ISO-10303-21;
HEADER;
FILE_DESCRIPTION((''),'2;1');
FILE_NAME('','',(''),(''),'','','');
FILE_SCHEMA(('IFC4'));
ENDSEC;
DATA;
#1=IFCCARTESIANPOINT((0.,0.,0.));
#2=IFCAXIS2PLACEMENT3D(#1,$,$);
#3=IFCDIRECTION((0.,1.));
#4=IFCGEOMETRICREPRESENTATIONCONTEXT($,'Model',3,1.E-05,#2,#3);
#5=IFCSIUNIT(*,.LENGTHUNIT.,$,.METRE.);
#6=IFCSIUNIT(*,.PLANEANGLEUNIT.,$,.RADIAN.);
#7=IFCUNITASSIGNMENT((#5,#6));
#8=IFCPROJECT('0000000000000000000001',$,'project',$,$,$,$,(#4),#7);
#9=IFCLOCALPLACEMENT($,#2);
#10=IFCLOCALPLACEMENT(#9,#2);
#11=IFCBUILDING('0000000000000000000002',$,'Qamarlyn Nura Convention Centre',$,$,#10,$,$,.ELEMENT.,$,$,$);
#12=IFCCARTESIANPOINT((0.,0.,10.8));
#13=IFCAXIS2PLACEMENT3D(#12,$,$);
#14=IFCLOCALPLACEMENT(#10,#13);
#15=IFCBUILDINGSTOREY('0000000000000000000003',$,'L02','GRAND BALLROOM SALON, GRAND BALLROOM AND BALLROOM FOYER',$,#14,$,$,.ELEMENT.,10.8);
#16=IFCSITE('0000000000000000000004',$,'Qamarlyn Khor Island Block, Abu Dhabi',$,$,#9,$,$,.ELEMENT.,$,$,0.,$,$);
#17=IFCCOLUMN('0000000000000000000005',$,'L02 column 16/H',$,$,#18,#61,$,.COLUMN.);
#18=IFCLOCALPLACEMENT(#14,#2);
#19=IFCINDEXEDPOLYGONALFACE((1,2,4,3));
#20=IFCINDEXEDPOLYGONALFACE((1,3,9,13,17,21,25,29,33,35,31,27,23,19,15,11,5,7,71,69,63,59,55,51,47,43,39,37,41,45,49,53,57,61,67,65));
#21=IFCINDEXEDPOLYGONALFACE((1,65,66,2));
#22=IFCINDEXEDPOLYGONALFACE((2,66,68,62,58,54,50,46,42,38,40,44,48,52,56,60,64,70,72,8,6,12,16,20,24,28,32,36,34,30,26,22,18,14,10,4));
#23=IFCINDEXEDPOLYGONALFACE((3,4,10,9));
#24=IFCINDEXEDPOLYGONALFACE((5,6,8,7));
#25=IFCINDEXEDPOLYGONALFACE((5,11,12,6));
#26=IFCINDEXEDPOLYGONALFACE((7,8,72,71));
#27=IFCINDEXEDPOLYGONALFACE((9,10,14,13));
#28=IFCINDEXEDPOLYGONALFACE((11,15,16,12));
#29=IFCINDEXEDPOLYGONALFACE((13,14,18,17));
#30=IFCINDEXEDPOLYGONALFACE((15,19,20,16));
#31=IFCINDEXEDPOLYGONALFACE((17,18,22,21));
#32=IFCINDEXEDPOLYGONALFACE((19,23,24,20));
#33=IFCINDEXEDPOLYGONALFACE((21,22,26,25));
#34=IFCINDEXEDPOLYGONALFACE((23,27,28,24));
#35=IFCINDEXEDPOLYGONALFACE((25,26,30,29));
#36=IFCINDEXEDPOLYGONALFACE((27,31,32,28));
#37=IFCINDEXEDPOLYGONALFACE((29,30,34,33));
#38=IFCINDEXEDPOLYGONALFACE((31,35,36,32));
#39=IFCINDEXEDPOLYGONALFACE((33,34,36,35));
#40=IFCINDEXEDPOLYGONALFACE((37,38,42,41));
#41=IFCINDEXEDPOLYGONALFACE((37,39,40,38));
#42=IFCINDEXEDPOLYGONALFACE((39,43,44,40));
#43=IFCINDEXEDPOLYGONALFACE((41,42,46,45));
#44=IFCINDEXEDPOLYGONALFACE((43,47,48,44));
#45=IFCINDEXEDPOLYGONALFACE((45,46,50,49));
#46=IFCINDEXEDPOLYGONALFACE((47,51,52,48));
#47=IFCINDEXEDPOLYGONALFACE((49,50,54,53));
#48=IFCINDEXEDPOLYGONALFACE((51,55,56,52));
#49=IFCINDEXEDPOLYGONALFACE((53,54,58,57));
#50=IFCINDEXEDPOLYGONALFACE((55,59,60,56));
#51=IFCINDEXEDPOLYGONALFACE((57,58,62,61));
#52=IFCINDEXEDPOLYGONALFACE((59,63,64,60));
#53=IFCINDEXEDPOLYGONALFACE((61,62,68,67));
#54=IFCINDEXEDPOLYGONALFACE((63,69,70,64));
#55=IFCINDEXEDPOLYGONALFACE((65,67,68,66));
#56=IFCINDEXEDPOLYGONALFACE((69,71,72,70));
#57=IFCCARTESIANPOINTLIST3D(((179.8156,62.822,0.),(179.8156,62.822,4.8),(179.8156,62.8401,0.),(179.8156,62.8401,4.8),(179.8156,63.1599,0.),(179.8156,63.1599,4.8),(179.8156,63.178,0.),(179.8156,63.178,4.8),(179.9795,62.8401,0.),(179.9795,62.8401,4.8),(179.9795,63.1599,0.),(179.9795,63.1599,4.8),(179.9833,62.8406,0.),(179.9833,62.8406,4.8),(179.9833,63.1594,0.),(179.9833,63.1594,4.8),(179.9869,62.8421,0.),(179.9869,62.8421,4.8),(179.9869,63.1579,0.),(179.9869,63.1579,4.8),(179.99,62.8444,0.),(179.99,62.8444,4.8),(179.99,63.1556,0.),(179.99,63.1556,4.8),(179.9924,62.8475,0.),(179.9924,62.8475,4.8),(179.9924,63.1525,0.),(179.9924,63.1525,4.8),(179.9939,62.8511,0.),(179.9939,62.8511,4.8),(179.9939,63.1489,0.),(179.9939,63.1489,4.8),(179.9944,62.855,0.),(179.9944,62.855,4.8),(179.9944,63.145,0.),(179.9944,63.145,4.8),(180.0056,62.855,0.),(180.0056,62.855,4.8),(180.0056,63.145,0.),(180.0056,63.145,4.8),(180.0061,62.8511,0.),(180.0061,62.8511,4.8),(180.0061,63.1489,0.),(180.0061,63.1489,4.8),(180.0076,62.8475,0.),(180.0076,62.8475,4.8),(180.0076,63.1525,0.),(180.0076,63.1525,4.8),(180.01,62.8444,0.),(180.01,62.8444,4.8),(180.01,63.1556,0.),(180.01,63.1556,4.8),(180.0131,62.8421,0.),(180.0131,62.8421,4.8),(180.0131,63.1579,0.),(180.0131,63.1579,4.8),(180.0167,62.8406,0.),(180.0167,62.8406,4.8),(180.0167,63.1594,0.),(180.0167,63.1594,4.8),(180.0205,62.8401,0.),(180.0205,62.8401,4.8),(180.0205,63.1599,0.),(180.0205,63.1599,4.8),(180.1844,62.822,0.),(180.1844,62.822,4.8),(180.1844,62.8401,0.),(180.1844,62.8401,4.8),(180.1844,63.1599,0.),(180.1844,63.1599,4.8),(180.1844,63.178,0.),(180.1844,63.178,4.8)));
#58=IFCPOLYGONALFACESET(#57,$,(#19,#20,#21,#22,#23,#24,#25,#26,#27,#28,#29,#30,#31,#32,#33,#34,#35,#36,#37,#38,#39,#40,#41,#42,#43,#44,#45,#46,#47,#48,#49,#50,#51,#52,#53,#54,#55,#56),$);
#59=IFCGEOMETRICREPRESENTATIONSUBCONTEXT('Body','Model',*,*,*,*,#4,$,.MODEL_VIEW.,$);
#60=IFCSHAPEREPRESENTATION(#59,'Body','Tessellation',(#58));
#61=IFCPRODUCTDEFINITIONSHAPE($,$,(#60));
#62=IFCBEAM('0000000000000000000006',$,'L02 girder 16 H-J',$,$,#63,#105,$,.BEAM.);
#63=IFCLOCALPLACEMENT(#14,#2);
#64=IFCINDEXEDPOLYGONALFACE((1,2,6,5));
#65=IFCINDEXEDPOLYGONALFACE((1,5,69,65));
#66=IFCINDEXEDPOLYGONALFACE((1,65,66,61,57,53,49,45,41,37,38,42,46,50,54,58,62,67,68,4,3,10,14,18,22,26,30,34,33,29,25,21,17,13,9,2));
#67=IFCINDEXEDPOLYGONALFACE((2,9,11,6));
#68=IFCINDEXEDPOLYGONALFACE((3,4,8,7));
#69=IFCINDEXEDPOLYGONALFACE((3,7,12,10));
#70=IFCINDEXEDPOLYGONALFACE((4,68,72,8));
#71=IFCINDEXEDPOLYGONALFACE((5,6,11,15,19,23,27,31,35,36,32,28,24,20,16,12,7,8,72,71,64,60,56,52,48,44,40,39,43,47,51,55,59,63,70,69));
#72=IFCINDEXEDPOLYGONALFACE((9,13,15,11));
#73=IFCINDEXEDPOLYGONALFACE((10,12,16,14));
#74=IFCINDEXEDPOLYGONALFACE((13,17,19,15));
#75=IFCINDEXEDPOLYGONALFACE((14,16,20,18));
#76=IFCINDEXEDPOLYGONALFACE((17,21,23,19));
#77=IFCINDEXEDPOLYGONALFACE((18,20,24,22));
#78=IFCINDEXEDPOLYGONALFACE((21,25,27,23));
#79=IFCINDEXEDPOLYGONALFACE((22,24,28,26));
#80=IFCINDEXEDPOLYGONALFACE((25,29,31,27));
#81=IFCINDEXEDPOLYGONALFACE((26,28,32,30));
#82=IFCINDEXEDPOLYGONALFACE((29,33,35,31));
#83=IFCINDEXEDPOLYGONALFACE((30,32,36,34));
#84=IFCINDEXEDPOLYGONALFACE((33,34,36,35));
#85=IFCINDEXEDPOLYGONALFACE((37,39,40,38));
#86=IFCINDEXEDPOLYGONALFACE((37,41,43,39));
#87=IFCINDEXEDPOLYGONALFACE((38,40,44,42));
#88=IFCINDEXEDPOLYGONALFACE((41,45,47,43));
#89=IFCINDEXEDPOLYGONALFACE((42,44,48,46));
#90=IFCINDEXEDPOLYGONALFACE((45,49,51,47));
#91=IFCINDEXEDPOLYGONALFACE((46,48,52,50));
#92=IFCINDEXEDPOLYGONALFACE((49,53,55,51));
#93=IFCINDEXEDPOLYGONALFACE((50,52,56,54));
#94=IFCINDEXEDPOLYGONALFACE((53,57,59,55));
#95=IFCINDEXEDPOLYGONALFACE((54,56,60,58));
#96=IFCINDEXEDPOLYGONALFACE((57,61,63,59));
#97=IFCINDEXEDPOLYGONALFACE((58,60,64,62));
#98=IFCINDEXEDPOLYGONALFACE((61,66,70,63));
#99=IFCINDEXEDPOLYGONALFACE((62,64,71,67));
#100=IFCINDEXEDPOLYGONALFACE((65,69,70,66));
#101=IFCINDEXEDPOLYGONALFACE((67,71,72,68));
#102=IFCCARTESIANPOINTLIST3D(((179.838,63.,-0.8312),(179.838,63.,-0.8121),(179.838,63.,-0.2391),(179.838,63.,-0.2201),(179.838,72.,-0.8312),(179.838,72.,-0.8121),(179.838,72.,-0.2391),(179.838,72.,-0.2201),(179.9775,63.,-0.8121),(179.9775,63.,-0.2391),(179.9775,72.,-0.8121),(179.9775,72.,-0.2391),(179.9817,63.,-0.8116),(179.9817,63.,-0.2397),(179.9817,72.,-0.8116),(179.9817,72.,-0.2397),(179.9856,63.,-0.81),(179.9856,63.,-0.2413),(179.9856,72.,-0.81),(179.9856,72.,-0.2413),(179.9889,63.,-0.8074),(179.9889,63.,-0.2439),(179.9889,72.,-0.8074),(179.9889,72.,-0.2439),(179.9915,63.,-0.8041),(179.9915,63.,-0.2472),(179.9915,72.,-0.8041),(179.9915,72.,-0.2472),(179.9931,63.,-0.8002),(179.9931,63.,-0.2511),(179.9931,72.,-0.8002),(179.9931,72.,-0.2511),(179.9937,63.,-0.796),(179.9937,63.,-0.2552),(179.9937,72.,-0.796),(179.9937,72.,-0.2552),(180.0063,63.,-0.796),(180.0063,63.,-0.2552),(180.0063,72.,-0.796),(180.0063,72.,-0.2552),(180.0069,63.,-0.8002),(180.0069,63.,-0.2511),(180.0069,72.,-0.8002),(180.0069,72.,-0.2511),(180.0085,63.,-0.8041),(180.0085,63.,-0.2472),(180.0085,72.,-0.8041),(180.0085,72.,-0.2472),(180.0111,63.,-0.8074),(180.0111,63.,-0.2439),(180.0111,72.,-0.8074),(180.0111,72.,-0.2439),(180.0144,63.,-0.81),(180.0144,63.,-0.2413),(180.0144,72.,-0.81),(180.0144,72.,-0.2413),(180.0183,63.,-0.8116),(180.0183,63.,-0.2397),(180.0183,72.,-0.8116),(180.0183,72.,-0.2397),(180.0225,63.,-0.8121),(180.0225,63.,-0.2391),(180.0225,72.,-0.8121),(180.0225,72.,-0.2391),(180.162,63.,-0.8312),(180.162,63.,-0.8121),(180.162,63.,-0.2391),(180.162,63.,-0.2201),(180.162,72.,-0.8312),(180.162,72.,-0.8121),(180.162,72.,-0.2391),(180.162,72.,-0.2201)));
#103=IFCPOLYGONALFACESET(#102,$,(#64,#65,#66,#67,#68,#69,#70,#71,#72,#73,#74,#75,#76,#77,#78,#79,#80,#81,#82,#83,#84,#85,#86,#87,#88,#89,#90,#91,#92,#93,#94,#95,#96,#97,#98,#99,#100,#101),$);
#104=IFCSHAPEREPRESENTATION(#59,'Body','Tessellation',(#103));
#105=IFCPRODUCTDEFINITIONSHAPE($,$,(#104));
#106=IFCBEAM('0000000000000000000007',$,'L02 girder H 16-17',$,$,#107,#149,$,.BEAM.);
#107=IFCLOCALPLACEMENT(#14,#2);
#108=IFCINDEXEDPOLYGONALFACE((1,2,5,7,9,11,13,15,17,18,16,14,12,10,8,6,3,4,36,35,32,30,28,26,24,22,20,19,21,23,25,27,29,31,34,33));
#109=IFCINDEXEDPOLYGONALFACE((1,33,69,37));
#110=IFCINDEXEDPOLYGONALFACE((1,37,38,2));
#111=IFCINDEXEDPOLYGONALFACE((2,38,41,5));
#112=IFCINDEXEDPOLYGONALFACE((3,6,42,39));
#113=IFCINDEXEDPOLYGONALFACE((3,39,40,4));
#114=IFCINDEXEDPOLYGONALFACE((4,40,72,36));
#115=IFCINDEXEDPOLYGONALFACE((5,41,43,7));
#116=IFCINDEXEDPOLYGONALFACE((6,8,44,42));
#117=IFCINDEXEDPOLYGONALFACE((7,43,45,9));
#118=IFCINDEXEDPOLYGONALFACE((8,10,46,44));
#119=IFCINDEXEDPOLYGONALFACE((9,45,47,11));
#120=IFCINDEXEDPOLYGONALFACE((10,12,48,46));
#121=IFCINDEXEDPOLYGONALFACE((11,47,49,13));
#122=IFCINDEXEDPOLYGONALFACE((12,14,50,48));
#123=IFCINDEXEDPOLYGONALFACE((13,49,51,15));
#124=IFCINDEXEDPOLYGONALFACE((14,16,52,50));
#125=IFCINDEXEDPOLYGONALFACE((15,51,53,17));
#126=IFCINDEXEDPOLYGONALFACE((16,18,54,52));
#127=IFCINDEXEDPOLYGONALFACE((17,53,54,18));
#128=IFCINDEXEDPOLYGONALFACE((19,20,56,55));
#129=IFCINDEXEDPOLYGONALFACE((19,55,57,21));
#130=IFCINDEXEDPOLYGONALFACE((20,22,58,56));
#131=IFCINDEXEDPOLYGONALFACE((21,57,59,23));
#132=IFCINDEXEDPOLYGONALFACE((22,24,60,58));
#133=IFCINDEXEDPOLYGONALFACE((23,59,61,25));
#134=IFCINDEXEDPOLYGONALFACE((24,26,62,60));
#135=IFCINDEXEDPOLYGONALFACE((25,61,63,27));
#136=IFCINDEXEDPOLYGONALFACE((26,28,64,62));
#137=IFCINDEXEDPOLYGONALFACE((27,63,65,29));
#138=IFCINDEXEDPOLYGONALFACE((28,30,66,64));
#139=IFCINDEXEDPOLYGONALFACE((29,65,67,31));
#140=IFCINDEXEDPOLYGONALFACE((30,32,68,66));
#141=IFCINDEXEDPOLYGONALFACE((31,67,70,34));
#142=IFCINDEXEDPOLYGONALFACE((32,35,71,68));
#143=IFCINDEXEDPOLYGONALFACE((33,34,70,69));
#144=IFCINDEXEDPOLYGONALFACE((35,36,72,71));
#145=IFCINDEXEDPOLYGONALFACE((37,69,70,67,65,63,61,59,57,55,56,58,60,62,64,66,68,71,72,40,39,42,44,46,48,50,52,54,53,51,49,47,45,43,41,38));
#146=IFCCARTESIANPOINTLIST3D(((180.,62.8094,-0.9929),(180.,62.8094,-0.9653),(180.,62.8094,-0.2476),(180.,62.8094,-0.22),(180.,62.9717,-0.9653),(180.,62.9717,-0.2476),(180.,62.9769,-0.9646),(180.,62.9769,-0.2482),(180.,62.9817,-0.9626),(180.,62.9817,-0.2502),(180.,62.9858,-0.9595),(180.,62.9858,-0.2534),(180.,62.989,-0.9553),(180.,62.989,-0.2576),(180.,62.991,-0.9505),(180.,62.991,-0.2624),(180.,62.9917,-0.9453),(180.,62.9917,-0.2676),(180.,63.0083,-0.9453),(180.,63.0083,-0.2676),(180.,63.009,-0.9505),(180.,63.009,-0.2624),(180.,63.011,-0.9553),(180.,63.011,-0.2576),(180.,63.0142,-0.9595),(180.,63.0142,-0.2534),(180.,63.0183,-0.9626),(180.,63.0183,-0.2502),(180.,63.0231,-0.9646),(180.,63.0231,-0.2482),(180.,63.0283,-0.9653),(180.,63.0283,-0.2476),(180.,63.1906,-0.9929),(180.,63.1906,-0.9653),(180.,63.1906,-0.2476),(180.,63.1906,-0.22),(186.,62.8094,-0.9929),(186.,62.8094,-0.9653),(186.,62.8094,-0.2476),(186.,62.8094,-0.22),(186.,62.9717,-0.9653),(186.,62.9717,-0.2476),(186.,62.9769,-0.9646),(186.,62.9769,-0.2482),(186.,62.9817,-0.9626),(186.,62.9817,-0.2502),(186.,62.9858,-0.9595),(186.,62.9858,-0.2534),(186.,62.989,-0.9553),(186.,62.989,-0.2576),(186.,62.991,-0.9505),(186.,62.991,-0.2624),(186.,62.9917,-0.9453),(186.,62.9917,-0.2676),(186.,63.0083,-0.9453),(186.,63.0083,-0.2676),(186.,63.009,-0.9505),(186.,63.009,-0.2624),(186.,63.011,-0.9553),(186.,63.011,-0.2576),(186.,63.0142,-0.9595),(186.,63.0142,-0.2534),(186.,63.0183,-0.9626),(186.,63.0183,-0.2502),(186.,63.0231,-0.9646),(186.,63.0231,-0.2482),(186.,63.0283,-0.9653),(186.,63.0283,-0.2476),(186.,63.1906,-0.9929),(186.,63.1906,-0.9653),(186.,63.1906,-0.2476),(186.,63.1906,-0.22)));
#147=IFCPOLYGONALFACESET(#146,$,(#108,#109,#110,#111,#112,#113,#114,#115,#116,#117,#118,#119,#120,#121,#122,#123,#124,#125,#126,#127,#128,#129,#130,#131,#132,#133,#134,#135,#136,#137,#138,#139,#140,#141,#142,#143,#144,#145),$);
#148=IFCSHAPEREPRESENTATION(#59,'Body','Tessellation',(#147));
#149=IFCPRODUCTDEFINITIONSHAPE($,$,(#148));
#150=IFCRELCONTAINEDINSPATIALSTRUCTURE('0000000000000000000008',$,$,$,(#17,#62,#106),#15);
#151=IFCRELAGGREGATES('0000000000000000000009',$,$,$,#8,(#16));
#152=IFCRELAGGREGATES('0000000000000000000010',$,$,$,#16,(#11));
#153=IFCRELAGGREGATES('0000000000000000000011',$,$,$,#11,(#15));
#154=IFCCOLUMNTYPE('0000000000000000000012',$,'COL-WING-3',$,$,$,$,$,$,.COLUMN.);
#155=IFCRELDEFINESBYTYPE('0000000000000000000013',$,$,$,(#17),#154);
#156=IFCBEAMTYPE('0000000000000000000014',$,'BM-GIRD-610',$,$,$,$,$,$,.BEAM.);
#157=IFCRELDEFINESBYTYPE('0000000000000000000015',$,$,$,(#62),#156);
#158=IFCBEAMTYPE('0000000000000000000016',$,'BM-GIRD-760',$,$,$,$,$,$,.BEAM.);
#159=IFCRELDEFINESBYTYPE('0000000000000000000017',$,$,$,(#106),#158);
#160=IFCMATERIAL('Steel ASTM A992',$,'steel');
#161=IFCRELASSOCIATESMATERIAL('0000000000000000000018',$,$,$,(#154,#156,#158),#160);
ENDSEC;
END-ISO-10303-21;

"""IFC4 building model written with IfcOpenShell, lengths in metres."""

from ifc_helpers import new_model, si_unit, direction, frame, origin, origin_2d, place, context, subcontext, project, spatial, i_section, extrude, material, material_profile, profile_set, type_object, element, save


model = new_model("IFC4")

# Units and contexts
model_context = context("Model", 3, precision=1e-05, world=origin(), true_north=direction((0.0, 1.0)))
body_context = subcontext(model_context, "Body", "Model", "MODEL_VIEW")
ifc_project = project(units=[si_unit("LENGTHUNIT", "METRE"), si_unit("PLANEANGLEUNIT", "RADIAN")], contexts=[model_context])

# Site, building, storey
site_placement = place(None, origin())
site = spatial("IfcSite", under=ifc_project, at=site_placement, Name="Qamarlyn Khor Island Block, Abu Dhabi", CompositionType="ELEMENT", RefElevation=0.0)
building_placement = place(site_placement, origin())
building = spatial("IfcBuilding", under=site, at=building_placement, Name="Qamarlyn Nura Convention Centre", CompositionType="ELEMENT")
storey_placement = place(building_placement, frame((0.0, 0.0, 10.8)))
storey = spatial("IfcBuildingStorey", under=building, at=storey_placement, Name="L02", Description="GRAND BALLROOM SALON, GRAND BALLROOM AND BALLROOM FOYER", CompositionType="ELEMENT", Elevation=10.8)

# Column
ifc_material_1 = material(Name="Steel ASTM A992", Category="steel")
ifc_material_profile_1 = material_profile(ifc_material_1, i_section(OverallWidth=0.3689, OverallDepth=0.356, WebThickness=0.0112, FlangeThickness=0.0181, FilletRadius=0.0149, at=origin_2d()), Name="W360X134")
ifc_profile_set_1 = profile_set([ifc_material_profile_1], Name="Steel ASTM A992")
column_type = type_object("IfcColumnType", Name="COL-WING-3", PredefinedType="COLUMN", material=ifc_profile_set_1)
column_placement = place(storey_placement, frame((180.0, 63.0, 0.0), z_axis=(0.0, 0.0, 1.0), x_axis=(1.0, 0.0, 0.0)))
element("IfcColumn", 1, at=column_placement, inside=storey, type_object=column_type, Name="L02 column 16/H", PredefinedType="COLUMN", context=body_context, shape_type="SweptSolid", body=[
    extrude(i_section(OverallWidth=0.3689, OverallDepth=0.356, WebThickness=0.0112, FlangeThickness=0.0181, FilletRadius=0.0149, at=origin_2d()), origin(), (0.0, 0.0, 1.0), 4.8),
])

# Beams
ifc_material_profile_2 = material_profile(ifc_material_1, i_section(OverallWidth=0.324, OverallDepth=0.6111, WebThickness=0.0127, FlangeThickness=0.019, FilletRadius=0.0161, at=origin_2d()), Name="W610X155")
ifc_profile_set_2 = profile_set([ifc_material_profile_2], Name="Steel ASTM A992")
beam_type_1 = type_object("IfcBeamType", Name="BM-GIRD-610", PredefinedType="BEAM", material=ifc_profile_set_2)
beam_1_placement = place(storey_placement, frame((180.0, 63.0, -0.5256), z_axis=(0.0, 1.0, 0.0), x_axis=(-1.0, 0.0, 0.0)))
element("IfcBeam", 2, at=beam_1_placement, inside=storey, type_object=beam_type_1, Name="L02 girder 16 H-J", PredefinedType="BEAM", context=body_context, shape_type="SweptSolid", body=[
    extrude(i_section(OverallWidth=0.324, OverallDepth=0.6111, WebThickness=0.0127, FlangeThickness=0.019, FilletRadius=0.0161, at=origin_2d()), origin(), (0.0, 0.0, 1.0), 9.0),
])
ifc_material_profile_3 = material_profile(ifc_material_1, i_section(OverallWidth=0.3811, OverallDepth=0.7729, WebThickness=0.0166, FlangeThickness=0.0276, FilletRadius=0.02, at=origin_2d()), Name="W760X257")
ifc_profile_set_3 = profile_set([ifc_material_profile_3], Name="Steel ASTM A992")
beam_type_2 = type_object("IfcBeamType", Name="BM-GIRD-760", PredefinedType="BEAM", material=ifc_profile_set_3)
beam_2_placement = place(storey_placement, frame((180.0, 63.0, -0.6064), z_axis=(1.0, 0.0, 0.0), x_axis=(0.0, 1.0, 0.0)))
element("IfcBeam", 3, at=beam_2_placement, inside=storey, type_object=beam_type_2, Name="L02 girder H 16-17", PredefinedType="BEAM", context=body_context, shape_type="SweptSolid", body=[
    extrude(i_section(OverallWidth=0.3811, OverallDepth=0.7729, WebThickness=0.0166, FlangeThickness=0.0276, FilletRadius=0.02, at=origin_2d()), origin(), (0.0, 0.0, 1.0), 6.0),
])

save(model, "model.ifc")
